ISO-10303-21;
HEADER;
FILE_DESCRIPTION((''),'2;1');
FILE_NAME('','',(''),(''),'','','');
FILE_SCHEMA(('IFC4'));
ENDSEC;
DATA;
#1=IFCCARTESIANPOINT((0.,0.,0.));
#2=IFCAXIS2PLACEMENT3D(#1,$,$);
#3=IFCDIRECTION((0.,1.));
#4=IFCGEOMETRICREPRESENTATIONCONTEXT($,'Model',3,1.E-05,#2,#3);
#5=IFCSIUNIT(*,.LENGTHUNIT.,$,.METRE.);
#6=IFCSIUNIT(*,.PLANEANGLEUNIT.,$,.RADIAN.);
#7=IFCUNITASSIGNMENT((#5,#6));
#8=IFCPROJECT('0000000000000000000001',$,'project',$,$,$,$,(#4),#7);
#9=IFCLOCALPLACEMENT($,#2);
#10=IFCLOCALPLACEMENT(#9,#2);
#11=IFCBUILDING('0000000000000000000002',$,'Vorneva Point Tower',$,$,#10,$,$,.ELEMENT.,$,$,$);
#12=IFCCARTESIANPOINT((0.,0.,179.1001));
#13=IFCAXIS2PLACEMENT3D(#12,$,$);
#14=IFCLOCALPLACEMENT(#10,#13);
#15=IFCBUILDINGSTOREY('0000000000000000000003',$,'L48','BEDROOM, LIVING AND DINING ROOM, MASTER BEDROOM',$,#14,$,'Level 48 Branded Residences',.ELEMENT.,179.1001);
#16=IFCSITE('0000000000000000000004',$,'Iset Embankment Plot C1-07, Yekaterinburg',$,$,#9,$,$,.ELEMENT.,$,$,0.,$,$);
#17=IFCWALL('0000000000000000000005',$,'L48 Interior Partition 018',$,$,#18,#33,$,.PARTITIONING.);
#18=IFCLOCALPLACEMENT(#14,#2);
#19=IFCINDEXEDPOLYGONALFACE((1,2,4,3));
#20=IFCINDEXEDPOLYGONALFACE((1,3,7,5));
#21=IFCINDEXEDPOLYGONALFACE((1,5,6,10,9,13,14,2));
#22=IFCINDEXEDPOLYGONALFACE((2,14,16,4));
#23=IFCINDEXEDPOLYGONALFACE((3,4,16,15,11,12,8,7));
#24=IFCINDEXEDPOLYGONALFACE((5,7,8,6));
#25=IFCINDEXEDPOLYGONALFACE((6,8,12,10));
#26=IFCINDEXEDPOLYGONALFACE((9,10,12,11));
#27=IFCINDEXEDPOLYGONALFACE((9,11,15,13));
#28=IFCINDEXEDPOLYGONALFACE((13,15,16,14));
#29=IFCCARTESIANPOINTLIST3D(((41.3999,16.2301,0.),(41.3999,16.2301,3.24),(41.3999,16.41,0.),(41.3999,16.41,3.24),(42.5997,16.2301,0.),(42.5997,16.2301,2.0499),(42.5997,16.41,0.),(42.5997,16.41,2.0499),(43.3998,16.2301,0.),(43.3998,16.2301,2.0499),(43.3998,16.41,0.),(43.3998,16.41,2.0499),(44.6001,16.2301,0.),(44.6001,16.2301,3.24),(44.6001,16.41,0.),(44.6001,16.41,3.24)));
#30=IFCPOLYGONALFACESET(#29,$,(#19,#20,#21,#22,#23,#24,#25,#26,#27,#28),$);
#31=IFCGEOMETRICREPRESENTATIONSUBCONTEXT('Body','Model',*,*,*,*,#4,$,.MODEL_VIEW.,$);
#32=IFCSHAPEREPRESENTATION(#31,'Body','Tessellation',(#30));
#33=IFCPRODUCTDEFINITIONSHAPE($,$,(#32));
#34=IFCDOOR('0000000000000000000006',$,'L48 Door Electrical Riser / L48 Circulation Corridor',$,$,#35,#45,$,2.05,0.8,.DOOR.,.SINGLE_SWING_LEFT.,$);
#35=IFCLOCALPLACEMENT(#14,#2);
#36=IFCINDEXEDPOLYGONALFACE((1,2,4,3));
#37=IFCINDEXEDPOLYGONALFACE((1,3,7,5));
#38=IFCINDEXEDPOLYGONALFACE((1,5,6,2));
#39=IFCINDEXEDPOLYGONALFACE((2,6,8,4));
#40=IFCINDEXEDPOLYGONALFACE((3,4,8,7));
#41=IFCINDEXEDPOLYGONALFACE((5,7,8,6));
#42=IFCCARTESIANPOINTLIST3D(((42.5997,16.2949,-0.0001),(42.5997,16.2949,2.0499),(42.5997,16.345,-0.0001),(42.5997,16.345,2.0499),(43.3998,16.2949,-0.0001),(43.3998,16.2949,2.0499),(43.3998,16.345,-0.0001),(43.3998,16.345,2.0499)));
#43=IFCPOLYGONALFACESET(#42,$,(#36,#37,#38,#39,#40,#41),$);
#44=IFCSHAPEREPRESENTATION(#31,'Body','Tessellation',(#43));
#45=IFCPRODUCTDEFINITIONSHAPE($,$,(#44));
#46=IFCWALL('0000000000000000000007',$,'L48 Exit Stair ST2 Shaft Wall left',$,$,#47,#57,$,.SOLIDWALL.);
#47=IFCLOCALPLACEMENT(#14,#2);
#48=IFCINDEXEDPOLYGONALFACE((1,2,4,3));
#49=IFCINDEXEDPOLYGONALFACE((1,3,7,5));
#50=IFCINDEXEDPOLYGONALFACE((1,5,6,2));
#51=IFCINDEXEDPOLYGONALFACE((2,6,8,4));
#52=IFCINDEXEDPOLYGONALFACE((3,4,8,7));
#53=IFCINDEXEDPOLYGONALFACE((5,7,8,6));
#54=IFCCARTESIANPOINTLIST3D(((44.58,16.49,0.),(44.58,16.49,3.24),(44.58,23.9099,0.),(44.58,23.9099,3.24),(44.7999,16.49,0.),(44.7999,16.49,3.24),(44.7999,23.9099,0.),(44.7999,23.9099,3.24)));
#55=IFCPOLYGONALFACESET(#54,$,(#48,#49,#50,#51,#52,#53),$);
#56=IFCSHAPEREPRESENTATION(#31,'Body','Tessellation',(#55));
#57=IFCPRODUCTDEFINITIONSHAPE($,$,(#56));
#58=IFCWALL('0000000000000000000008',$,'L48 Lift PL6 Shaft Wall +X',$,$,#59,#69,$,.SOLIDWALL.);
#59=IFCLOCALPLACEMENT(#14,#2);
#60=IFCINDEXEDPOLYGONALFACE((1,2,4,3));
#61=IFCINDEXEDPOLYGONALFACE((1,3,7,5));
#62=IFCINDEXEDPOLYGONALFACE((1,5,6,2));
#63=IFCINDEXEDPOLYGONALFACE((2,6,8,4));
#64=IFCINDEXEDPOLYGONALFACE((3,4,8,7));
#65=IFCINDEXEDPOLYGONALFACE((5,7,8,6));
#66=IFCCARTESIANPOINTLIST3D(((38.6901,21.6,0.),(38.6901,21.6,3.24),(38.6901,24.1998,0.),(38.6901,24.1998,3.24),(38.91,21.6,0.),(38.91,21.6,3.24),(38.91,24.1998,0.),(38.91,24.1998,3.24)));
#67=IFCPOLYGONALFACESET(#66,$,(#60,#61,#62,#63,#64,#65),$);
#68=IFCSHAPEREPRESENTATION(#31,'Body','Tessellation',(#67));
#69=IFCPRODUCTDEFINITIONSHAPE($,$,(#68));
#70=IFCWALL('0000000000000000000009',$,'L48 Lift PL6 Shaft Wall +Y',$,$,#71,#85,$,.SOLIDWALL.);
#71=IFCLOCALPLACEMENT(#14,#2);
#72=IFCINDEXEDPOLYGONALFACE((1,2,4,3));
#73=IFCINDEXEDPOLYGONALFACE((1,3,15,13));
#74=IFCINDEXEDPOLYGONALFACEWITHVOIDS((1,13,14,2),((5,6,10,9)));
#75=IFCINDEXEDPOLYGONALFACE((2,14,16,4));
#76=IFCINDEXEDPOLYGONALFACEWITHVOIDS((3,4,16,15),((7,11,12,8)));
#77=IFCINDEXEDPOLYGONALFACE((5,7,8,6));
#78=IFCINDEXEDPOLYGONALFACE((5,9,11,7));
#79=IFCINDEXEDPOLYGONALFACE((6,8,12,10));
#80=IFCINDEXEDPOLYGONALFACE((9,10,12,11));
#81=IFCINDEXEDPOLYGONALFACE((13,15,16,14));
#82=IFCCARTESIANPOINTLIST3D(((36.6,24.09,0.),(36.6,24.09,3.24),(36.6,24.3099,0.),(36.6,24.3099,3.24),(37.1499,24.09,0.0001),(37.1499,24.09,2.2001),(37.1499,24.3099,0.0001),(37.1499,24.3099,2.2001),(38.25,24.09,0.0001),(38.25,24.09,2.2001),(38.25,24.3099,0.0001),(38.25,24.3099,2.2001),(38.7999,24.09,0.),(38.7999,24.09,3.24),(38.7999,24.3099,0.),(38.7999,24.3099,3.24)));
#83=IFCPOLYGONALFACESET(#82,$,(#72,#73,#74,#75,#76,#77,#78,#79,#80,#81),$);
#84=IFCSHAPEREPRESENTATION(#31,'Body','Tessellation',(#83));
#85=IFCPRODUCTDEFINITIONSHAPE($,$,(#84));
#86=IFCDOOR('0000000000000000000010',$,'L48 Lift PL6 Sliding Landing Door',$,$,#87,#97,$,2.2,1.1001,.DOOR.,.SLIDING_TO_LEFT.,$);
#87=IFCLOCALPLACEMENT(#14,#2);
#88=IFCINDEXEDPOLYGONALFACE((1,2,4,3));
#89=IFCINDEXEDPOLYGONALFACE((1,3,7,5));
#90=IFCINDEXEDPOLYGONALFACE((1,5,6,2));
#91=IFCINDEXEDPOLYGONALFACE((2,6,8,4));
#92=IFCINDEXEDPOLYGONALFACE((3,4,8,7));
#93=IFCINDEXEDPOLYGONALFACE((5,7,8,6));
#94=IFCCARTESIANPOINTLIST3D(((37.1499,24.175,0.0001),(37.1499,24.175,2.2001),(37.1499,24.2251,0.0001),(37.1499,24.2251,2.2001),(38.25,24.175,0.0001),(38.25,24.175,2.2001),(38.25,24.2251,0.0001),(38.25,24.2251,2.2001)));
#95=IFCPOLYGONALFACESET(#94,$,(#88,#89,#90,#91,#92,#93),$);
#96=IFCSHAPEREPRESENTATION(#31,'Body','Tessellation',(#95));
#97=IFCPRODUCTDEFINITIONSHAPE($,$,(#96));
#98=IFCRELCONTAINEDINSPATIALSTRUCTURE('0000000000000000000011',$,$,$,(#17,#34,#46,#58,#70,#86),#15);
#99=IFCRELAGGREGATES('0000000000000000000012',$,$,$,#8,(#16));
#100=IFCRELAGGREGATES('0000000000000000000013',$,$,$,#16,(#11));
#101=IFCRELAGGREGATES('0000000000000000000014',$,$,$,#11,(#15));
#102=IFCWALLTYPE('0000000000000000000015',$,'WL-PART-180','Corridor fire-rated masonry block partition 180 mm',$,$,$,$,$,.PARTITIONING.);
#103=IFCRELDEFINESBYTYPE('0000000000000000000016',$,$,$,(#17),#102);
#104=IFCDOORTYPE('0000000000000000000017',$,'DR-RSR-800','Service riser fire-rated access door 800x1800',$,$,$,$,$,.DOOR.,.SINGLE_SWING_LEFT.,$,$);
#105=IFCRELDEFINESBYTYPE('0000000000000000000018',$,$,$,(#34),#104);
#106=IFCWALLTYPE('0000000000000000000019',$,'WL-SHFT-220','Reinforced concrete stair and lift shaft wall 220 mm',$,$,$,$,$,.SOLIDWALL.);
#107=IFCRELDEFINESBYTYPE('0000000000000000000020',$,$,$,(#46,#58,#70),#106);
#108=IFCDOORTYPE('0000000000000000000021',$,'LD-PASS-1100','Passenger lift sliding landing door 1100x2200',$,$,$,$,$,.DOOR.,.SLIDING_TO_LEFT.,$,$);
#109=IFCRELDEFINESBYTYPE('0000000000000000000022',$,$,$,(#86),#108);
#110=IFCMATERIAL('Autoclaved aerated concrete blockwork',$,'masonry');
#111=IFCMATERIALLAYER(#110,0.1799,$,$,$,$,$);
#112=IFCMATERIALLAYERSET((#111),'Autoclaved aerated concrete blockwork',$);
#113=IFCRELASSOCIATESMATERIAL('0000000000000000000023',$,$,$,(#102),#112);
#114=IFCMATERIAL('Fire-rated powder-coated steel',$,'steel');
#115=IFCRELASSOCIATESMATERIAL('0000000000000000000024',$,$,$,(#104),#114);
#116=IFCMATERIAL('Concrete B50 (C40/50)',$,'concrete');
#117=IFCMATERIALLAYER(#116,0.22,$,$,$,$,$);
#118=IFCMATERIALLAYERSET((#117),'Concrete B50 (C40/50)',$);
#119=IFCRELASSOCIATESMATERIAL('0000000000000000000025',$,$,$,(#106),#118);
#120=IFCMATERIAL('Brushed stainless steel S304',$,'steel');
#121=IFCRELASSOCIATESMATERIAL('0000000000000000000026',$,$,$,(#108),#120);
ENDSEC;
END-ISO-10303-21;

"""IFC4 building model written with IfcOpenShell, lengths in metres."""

from ifc_helpers import new_model, si_unit, direction, frame, frame_2d, origin, place, context, subcontext, project, spatial, rectangle, extrude, material, layer, layer_set, type_object, element, fill, save


model = new_model("IFC4")

# Units and contexts
model_context = context("Model", 3, precision=1e-05, world=origin(), true_north=direction((0.0, 1.0)))
body_context = subcontext(model_context, "Body", "Model", "MODEL_VIEW")
ifc_project = project(units=[si_unit("LENGTHUNIT", "METRE"), si_unit("PLANEANGLEUNIT", "RADIAN")], contexts=[model_context])

# Site, building, storey
site_placement = place(None, origin())
site = spatial("IfcSite", under=ifc_project, at=site_placement, Name="Iset Embankment Plot C1-07, Yekaterinburg", CompositionType="ELEMENT", RefElevation=0.0)
building_placement = place(site_placement, origin())
building = spatial("IfcBuilding", under=site, at=building_placement, Name="Vorneva Point Tower", CompositionType="ELEMENT")
storey_placement = place(building_placement, frame((0.0, 0.0, 179.1001)))
storey = spatial("IfcBuildingStorey", under=building, at=storey_placement, Name="L48", Description="BEDROOM, LIVING AND DINING ROOM, MASTER BEDROOM", LongName="Level 48 Branded Residences", CompositionType="ELEMENT", Elevation=179.1001)

# Shared definitions
ifc_material_1 = material(Name="Concrete B50 (C40/50)", Category="concrete")

# Shared definitions
ifc_material_2 = material(Name="Autoclaved aerated concrete blockwork", Category="masonry")
ifc_layer_1 = layer(ifc_material_2, 0.1799)
ifc_layer_set_1 = layer_set([ifc_layer_1], Name="Autoclaved aerated concrete blockwork")
wall_type_1 = type_object("IfcWallType", Name="WL-PART-180", Description="Corridor fire-rated masonry block partition 180 mm", PredefinedType="PARTITIONING", material=ifc_layer_set_1)

# Wall, opening, door
ifc_material_3 = material(Name="Fire-rated powder-coated steel", Category="steel")
door_type_1 = type_object("IfcDoorType", Name="DR-RSR-800", Description="Service riser fire-rated access door 800x1800", OperationType="SINGLE_SWING_LEFT", PredefinedType="DOOR", material=ifc_material_3)
wall_1_placement = place(storey_placement, frame((41.3999, 16.3201, 0.0), z_axis=(0.0, 0.0, 1.0), x_axis=(1.0, 0.0, 0.0)))
wall_1 = element("IfcWall", 1, at=wall_1_placement, inside=storey, type_object=wall_type_1, Name="L48 Interior Partition 018", PredefinedType="PARTITIONING", context=body_context, shape_type="SweptSolid", body=[
    extrude(rectangle(XDim=3.2002, YDim=0.1799, at=frame_2d((1.6001, 0.0))), origin(), (0.0, 0.0, 1.0), 3.24),
])
opening_1_placement = place(wall_1_placement, frame((1.2, 0.0, 0.0)))
opening_1 = element("IfcOpeningElement", 2, at=opening_1_placement, cuts=wall_1, PredefinedType="OPENING", context=body_context, shape_type="SweptSolid", body=[
    extrude(rectangle(XDim=0.8, YDim=2.05, at=frame_2d((0.3999, 1.0249))), frame((0.0, 0.105, 0.0), z_axis=(0.0, -1.0, 0.0), x_axis=(1.0, 0.0, 0.0)), (0.0, 0.0, 1.0), 0.2097),
])
door_1_placement = place(opening_1_placement, origin())
door_1 = element("IfcDoor", 3, at=door_1_placement, inside=storey, type_object=door_type_1, Name="L48 Door Electrical Riser / L48 Circulation Corridor", OperationType="SINGLE_SWING_LEFT", OverallHeight=2.05, OverallWidth=0.8, PredefinedType="DOOR", context=body_context, shape_type="SweptSolid", body=[
    extrude(rectangle(XDim=0.8, YDim=2.05, at=frame_2d((0.3999, 1.0249))), frame((0.0, 0.0249, 0.0), z_axis=(0.0, -1.0, 0.0), x_axis=(1.0, 0.0, 0.0)), (0.0, 0.0, 1.0), 0.05),
])
fill(opening_1, door_1)
ifc_layer_2 = layer(ifc_material_1, 0.22)
ifc_layer_set_2 = layer_set([ifc_layer_2], Name="Concrete B50 (C40/50)")
wall_type_2 = type_object("IfcWallType", Name="WL-SHFT-220", Description="Reinforced concrete stair and lift shaft wall 220 mm", PredefinedType="SOLIDWALL", material=ifc_layer_set_2)

# Walls
wall_2_placement = place(storey_placement, frame((44.6899, 16.49, 0.0), z_axis=(0.0, 0.0, 1.0), x_axis=(0.0, 1.0, 0.0)))
element("IfcWall", 4, at=wall_2_placement, inside=storey, type_object=wall_type_2, Name="L48 Exit Stair ST2 Shaft Wall left", PredefinedType="SOLIDWALL", context=body_context, shape_type="SweptSolid", body=[
    extrude(rectangle(XDim=7.4199, YDim=0.22, at=frame_2d((3.71, 0.0))), origin(), (0.0, 0.0, 1.0), 3.24),
])
wall_3_placement = place(storey_placement, frame((38.8, 21.6001, 0.0), z_axis=(0.0, 0.0, 1.0), x_axis=(0.0, 1.0, 0.0)))
element("IfcWall", 5, at=wall_3_placement, inside=storey, type_object=wall_type_2, Name="L48 Lift PL6 Shaft Wall +X", PredefinedType="SOLIDWALL", context=body_context, shape_type="SweptSolid", body=[
    extrude(rectangle(XDim=2.5999, YDim=0.22, at=frame_2d((1.2998, 0.0))), origin(), (0.0, 0.0, 1.0), 3.24),
])

# Wall, opening, door
wall_4_placement = place(storey_placement, frame((38.8, 24.2, 0.0), z_axis=(0.0, 0.0, 1.0), x_axis=(-1.0, 0.0, 0.0)))
wall_4 = element("IfcWall", 6, at=wall_4_placement, inside=storey, type_object=wall_type_2, Name="L48 Lift PL6 Shaft Wall +Y", PredefinedType="SOLIDWALL", context=body_context, shape_type="SweptSolid", body=[
    extrude(rectangle(XDim=2.2, YDim=0.22, at=frame_2d((1.1001, 0.0))), origin(), (0.0, 0.0, 1.0), 3.24),
])
opening_2_placement = place(wall_4_placement, frame((0.55, 0.0, 0.0)))
opening_2 = element("IfcOpeningElement", 7, at=opening_2_placement, cuts=wall_4, PredefinedType="OPENING", context=body_context, shape_type="SweptSolid", body=[
    extrude(rectangle(XDim=1.1001, YDim=2.2, at=frame_2d((0.55, 1.1001))), frame((0.0, 0.125, 0.0), z_axis=(0.0, -1.0, 0.0), x_axis=(1.0, 0.0, 0.0)), (0.0, 0.0, 1.0), 0.2498),
])
ifc_material_4 = material(Name="Brushed stainless steel S304", Category="steel")
door_type_2 = type_object("IfcDoorType", Name="LD-PASS-1100", Description="Passenger lift sliding landing door 1100x2200", OperationType="SLIDING_TO_LEFT", PredefinedType="DOOR", material=ifc_material_4)
door_2_placement = place(opening_2_placement, origin())
door_2 = element("IfcDoor", 8, at=door_2_placement, inside=storey, type_object=door_type_2, Name="L48 Lift PL6 Sliding Landing Door", OperationType="SLIDING_TO_LEFT", OverallHeight=2.2, OverallWidth=1.1001, PredefinedType="DOOR", context=body_context, shape_type="SweptSolid", body=[
    extrude(rectangle(XDim=1.1001, YDim=2.2, at=frame_2d((0.55, 1.1001))), frame((0.0, 0.0249, 0.0), z_axis=(0.0, -1.0, 0.0), x_axis=(1.0, 0.0, 0.0)), (0.0, 0.0, 1.0), 0.05),
])
fill(opening_2, door_2)

save(model, "model.ifc")
